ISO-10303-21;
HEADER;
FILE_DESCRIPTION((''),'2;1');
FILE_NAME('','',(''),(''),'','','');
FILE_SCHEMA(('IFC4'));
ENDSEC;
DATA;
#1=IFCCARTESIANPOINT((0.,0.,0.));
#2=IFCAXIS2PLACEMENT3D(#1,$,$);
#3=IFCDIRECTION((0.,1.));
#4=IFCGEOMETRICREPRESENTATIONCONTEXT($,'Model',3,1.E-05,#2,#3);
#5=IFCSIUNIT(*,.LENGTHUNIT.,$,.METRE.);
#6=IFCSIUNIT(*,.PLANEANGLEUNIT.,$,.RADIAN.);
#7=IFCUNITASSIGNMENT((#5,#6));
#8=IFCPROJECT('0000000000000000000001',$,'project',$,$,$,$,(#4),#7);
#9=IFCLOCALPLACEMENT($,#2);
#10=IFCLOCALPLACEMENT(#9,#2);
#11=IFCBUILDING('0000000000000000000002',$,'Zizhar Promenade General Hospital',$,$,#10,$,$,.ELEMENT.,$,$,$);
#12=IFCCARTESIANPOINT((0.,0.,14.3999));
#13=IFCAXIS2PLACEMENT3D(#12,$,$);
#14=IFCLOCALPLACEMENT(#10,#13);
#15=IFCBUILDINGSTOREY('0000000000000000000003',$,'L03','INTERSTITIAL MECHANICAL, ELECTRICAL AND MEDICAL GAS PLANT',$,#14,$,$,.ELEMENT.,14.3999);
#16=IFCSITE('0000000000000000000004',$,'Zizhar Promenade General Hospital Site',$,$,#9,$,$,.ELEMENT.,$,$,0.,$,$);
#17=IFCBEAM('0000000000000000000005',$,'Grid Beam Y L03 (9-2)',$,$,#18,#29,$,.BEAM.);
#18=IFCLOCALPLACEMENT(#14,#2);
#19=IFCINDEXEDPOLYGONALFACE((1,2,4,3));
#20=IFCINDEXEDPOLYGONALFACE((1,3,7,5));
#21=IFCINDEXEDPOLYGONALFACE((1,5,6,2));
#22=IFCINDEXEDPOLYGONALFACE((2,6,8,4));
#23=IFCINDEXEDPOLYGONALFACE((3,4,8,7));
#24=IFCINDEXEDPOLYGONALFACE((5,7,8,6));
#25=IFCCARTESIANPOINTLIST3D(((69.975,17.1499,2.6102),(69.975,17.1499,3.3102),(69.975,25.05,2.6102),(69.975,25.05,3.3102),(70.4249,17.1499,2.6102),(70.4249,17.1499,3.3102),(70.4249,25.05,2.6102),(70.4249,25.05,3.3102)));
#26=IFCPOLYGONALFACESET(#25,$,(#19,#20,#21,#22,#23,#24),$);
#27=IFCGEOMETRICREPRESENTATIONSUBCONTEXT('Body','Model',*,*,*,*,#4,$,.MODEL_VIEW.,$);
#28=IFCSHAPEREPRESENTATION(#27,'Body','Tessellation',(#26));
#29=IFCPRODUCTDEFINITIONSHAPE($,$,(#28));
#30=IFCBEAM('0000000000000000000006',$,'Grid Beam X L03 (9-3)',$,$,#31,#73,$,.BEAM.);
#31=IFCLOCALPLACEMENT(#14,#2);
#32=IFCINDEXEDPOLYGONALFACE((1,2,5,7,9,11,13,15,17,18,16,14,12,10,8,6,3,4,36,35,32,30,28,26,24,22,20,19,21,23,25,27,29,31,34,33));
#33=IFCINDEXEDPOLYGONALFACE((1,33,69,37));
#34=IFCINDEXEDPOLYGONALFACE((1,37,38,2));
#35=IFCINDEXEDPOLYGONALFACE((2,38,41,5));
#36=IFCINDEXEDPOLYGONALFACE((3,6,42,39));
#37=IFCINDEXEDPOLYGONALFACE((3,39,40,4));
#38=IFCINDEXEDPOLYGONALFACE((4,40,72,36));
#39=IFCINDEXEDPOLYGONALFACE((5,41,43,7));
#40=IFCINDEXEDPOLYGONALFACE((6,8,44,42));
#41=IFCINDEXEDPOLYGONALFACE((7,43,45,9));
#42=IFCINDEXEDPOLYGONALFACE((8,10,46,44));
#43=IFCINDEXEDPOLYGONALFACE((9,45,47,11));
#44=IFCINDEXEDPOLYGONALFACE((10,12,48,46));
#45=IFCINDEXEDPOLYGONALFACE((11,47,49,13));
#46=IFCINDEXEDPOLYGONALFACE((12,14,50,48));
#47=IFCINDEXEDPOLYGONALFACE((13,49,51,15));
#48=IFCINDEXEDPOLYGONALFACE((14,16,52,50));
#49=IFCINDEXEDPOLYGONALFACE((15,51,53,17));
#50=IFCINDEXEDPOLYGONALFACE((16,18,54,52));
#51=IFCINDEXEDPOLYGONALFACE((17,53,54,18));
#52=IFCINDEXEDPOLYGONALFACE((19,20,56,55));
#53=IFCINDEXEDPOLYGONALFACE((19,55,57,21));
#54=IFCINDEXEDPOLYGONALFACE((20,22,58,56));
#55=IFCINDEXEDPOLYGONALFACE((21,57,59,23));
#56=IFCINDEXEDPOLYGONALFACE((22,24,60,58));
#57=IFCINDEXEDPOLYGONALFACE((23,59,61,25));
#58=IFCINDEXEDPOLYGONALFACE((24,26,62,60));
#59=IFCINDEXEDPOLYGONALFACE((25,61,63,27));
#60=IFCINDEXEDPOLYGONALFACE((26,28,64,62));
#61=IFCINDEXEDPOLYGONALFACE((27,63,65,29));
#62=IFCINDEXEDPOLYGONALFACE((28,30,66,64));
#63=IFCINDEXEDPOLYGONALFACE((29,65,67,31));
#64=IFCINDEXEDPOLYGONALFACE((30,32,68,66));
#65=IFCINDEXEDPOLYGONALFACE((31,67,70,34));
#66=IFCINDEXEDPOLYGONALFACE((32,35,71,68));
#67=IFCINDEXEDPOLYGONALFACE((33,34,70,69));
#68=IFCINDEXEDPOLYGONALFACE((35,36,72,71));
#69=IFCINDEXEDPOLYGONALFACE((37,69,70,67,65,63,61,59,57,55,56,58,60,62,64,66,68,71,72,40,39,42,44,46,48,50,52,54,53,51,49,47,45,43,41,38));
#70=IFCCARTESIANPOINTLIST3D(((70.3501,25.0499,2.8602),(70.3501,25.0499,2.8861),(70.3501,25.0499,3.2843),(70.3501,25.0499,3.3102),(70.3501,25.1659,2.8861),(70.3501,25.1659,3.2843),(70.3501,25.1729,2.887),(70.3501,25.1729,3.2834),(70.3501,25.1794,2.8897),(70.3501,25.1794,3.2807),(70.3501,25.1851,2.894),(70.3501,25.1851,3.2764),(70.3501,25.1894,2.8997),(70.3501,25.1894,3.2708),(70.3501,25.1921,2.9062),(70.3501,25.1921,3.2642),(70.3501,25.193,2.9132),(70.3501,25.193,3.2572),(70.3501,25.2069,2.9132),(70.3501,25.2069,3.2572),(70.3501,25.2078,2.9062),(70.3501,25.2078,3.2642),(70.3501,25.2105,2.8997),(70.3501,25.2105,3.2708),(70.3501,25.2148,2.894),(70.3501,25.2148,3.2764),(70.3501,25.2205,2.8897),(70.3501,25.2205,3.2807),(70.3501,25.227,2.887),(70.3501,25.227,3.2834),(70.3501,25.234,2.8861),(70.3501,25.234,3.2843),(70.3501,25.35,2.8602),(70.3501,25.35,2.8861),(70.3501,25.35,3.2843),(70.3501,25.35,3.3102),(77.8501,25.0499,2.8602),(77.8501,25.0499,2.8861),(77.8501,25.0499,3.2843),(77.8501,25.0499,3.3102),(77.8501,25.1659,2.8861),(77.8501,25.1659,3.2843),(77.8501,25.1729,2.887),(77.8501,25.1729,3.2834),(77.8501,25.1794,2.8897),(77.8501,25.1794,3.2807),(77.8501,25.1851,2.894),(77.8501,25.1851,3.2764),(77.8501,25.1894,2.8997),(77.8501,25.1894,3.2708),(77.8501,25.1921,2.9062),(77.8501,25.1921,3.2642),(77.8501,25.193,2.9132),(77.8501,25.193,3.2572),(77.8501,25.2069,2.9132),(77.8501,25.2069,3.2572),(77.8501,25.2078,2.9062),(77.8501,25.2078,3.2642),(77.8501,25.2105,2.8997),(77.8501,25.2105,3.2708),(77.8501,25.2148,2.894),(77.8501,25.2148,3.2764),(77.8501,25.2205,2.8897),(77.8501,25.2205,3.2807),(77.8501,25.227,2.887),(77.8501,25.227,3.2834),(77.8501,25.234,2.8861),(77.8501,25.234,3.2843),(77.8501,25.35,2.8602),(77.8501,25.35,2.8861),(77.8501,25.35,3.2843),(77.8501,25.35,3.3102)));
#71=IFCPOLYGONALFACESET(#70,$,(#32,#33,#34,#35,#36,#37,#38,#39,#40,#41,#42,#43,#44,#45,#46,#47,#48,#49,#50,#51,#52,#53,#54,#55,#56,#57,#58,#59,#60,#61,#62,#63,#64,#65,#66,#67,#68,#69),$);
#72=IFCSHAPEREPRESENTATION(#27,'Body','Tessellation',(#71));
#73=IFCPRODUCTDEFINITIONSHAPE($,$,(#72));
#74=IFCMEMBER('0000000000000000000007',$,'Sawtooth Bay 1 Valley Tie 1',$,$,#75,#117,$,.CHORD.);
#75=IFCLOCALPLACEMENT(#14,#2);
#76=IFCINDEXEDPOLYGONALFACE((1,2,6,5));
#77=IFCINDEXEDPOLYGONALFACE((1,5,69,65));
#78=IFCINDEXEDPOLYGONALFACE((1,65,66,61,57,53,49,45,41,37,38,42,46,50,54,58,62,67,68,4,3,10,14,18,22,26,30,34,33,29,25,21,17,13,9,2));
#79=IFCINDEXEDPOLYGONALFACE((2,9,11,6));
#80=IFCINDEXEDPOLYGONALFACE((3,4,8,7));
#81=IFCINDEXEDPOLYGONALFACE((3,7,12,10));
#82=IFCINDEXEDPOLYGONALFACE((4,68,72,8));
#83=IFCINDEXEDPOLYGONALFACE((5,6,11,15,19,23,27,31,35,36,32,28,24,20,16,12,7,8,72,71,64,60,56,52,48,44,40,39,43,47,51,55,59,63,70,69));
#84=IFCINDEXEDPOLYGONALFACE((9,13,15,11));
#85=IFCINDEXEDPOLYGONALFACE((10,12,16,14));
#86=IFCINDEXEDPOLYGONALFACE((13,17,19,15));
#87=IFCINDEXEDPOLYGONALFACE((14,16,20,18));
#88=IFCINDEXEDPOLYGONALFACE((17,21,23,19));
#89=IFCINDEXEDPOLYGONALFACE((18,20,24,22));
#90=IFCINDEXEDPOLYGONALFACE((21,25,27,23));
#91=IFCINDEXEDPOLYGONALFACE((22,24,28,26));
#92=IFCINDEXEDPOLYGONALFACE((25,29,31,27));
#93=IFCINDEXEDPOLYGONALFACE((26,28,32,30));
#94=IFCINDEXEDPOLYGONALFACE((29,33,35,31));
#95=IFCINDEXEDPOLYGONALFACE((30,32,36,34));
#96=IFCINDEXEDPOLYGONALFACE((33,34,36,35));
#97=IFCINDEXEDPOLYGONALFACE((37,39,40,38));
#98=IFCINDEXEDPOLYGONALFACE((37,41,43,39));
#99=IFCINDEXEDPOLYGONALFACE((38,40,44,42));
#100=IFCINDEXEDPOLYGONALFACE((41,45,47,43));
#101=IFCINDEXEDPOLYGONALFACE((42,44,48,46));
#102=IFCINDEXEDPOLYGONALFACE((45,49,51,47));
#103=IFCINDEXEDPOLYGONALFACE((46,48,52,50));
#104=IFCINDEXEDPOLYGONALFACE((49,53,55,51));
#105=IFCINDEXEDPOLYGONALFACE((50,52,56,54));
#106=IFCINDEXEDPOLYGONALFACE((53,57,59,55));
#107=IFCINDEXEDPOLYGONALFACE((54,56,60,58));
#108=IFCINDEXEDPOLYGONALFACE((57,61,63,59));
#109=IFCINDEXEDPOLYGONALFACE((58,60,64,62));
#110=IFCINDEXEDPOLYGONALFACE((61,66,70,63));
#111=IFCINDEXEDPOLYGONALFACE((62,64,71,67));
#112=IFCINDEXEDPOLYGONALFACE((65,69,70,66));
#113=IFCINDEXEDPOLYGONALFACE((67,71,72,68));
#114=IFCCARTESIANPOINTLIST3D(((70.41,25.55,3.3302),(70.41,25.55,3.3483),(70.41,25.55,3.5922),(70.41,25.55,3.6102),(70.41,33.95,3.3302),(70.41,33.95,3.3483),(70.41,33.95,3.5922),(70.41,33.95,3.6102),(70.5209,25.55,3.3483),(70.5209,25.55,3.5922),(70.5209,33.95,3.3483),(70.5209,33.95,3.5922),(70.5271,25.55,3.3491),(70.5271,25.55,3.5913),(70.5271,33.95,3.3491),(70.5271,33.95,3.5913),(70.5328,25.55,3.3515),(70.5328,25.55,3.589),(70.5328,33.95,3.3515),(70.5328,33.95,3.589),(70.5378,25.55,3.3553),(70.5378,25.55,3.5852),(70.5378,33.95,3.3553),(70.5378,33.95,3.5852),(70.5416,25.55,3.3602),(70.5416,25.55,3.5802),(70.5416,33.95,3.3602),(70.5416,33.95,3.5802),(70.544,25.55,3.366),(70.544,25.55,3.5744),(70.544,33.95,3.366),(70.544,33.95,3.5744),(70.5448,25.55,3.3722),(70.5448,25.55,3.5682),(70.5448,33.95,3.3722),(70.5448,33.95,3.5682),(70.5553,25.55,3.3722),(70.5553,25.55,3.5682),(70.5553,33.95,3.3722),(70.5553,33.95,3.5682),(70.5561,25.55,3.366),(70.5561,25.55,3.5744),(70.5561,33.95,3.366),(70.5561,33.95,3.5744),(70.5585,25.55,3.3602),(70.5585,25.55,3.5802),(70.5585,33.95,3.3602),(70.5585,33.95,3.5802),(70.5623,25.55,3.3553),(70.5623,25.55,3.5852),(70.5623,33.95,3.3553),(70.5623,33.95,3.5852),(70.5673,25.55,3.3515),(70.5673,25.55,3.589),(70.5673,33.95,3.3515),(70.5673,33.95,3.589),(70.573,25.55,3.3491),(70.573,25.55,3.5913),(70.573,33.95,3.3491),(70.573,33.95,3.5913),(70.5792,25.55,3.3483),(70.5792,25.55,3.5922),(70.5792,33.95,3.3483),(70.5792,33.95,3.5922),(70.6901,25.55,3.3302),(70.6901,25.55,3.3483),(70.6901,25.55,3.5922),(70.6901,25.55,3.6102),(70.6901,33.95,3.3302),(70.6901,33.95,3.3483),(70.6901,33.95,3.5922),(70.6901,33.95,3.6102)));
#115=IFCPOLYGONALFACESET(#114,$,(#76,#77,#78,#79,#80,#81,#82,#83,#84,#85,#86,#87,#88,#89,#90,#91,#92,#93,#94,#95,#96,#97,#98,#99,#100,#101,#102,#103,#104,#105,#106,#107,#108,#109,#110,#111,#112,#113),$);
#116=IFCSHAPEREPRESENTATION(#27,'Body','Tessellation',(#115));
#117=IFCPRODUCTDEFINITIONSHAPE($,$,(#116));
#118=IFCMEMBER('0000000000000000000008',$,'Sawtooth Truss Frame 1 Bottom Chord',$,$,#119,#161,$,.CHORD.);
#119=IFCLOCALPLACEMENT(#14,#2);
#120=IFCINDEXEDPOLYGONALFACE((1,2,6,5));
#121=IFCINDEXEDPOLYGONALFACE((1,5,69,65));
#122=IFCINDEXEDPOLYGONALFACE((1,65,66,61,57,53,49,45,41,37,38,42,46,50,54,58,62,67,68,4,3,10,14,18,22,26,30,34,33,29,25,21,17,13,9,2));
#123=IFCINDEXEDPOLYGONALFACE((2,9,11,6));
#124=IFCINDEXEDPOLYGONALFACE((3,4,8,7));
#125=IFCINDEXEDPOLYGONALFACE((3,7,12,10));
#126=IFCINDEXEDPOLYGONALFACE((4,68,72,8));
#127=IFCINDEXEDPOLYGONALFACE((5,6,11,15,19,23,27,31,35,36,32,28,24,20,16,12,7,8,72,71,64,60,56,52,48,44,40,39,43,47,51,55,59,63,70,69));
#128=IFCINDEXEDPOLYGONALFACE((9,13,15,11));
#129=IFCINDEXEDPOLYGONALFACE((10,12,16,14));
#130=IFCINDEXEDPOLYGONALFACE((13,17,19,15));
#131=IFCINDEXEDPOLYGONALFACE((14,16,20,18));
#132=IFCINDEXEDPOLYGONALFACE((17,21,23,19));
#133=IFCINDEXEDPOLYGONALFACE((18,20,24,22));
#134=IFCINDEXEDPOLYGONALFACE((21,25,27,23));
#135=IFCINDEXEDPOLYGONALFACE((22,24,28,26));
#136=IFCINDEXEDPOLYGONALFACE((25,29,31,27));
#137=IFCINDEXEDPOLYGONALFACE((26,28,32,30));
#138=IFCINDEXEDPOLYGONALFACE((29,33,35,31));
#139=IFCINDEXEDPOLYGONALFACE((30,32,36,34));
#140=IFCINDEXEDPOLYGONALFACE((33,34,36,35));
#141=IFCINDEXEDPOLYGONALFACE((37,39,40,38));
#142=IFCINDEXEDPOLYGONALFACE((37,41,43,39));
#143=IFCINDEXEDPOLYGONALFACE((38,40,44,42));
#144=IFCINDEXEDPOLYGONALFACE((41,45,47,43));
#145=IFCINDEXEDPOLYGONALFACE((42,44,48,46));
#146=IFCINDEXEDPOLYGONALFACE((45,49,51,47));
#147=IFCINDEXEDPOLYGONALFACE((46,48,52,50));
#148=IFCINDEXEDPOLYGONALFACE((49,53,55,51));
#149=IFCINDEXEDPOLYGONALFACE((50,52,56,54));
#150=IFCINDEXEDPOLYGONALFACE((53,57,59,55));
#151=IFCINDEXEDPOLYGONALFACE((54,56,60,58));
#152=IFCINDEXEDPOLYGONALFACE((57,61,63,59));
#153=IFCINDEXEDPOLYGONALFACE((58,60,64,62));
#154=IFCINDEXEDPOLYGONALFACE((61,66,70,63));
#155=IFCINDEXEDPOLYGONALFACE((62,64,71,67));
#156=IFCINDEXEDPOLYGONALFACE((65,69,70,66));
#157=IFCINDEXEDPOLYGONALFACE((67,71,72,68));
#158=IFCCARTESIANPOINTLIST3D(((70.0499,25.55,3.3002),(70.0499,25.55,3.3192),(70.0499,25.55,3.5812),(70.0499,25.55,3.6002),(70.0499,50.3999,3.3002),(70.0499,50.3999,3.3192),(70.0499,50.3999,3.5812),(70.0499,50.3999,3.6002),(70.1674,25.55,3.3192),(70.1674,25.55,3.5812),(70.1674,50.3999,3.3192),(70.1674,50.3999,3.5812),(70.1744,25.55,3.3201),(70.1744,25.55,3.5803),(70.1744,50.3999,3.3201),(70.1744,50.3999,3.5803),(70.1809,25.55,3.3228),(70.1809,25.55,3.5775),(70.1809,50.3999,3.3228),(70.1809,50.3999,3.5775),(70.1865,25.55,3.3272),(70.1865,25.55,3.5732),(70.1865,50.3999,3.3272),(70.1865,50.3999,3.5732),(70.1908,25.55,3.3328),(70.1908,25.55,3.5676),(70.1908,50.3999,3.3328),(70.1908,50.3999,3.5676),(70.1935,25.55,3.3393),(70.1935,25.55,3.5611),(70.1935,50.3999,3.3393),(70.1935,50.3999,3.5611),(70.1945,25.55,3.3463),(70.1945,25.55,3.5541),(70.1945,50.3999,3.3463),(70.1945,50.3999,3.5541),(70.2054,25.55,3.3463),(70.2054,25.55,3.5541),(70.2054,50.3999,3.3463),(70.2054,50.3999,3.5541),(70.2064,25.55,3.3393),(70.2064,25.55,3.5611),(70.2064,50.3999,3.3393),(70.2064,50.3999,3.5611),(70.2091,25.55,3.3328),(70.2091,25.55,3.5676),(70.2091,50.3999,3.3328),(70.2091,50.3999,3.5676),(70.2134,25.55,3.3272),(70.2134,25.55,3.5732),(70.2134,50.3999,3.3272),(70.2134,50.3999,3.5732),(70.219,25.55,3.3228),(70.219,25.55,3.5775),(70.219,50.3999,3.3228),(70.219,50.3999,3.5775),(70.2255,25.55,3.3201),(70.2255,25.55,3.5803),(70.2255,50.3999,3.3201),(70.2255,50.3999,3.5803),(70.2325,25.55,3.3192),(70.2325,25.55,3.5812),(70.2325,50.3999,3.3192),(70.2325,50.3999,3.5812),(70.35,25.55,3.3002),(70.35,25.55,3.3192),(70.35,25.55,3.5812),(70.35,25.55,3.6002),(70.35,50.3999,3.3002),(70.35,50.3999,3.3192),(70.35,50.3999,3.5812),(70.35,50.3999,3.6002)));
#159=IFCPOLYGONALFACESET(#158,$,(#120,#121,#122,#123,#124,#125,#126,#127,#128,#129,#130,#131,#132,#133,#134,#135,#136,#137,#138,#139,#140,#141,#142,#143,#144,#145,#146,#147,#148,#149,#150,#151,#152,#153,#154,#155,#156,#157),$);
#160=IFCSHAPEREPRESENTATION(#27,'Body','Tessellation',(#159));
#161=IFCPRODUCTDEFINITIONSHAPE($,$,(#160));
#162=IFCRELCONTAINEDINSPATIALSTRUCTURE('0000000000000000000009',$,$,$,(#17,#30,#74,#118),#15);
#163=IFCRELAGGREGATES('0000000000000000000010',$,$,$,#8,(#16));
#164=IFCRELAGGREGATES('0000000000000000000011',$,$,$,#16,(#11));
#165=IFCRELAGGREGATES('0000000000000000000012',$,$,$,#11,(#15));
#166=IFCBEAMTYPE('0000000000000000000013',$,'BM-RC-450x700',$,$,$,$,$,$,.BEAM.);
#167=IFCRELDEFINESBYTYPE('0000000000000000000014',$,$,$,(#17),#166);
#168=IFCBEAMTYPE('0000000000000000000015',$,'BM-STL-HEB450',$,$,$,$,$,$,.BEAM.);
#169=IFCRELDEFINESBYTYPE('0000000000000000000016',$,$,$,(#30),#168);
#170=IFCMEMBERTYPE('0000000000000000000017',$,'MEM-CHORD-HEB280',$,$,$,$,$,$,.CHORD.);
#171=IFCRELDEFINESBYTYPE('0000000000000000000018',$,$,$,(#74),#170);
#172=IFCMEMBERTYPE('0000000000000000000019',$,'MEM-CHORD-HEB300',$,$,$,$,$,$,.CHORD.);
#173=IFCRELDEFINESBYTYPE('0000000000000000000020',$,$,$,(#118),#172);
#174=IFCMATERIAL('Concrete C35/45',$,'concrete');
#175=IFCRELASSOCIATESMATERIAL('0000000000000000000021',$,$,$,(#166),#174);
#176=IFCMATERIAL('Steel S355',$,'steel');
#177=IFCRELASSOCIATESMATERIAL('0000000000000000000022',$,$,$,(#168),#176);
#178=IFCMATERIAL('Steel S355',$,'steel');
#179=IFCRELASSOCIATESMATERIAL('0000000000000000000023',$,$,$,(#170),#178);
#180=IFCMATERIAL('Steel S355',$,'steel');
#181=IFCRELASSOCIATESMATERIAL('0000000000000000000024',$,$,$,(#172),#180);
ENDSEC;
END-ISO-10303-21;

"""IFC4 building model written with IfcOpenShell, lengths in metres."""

from ifc_helpers import new_model, si_unit, direction, frame, origin, origin_2d, place, context, subcontext, project, spatial, rectangle, i_section, extrude, material, material_profile, profile_set, type_object, element, save


model = new_model("IFC4")

# Units and contexts
model_context = context("Model", 3, precision=1e-05, world=origin(), true_north=direction((0.0, 1.0)))
body_context = subcontext(model_context, "Body", "Model", "MODEL_VIEW")
ifc_project = project(units=[si_unit("LENGTHUNIT", "METRE"), si_unit("PLANEANGLEUNIT", "RADIAN")], contexts=[model_context])

# Site, building, storey
site_placement = place(None, origin())
site = spatial("IfcSite", under=ifc_project, at=site_placement, Name="Zizhar Promenade General Hospital Site", CompositionType="ELEMENT", RefElevation=0.0)
building_placement = place(site_placement, origin())
building = spatial("IfcBuilding", under=site, at=building_placement, Name="Zizhar Promenade General Hospital", CompositionType="ELEMENT")
storey_placement = place(building_placement, frame((0.0, 0.0, 14.3999)))
storey = spatial("IfcBuildingStorey", under=building, at=storey_placement, Name="L03", Description="INTERSTITIAL MECHANICAL, ELECTRICAL AND MEDICAL GAS PLANT", CompositionType="ELEMENT", Elevation=14.3999)

# Beams
ifc_material_1 = material(Name="Concrete C35/45", Category="concrete")
ifc_material_profile_1 = material_profile(ifc_material_1, rectangle(XDim=0.45, YDim=0.7, at=origin_2d()))
ifc_profile_set_1 = profile_set([ifc_material_profile_1], Name="Concrete C35/45")
beam_type_1 = type_object("IfcBeamType", Name="BM-RC-450x700", PredefinedType="BEAM", material=ifc_profile_set_1)
beam_1_placement = place(storey_placement, frame((70.2, 17.1499, 2.9602), z_axis=(0.0, 1.0, 0.0), x_axis=(-1.0, 0.0, 0.0)))
element("IfcBeam", 1, at=beam_1_placement, inside=storey, type_object=beam_type_1, Name="Grid Beam Y L03 (9-2)", PredefinedType="BEAM", context=body_context, shape_type="SweptSolid", body=[
    extrude(rectangle(XDim=0.45, YDim=0.7, at=origin_2d()), origin(), (0.0, 0.0, 1.0), 7.9001),
])
ifc_material_2 = material(Name="Steel S355", Category="steel")
ifc_material_profile_2 = material_profile(ifc_material_2, i_section(OverallWidth=0.3, OverallDepth=0.45, WebThickness=0.0139, FlangeThickness=0.0259, FilletRadius=0.0271, at=origin_2d()))
ifc_profile_set_2 = profile_set([ifc_material_profile_2], Name="Steel S355")
beam_type_2 = type_object("IfcBeamType", Name="BM-STL-HEB450", PredefinedType="BEAM", material=ifc_profile_set_2)
beam_2_placement = place(storey_placement, frame((70.3501, 25.2, 3.0852), z_axis=(1.0, 0.0, 0.0), x_axis=(0.0, 1.0, 0.0)))
element("IfcBeam", 2, at=beam_2_placement, inside=storey, type_object=beam_type_2, Name="Grid Beam X L03 (9-3)", PredefinedType="BEAM", context=body_context, shape_type="SweptSolid", body=[
    extrude(i_section(OverallWidth=0.3, OverallDepth=0.45, WebThickness=0.0139, FlangeThickness=0.0259, FilletRadius=0.0271, at=origin_2d()), origin(), (0.0, 0.0, 1.0), 7.5),
])

# Members
ifc_material_3 = material(Name="Steel S355", Category="steel")
ifc_material_profile_3 = material_profile(ifc_material_3, i_section(OverallWidth=0.28, OverallDepth=0.28, WebThickness=0.0105, FlangeThickness=0.0181, FilletRadius=0.0239, at=origin_2d()))
ifc_profile_set_3 = profile_set([ifc_material_profile_3], Name="Steel S355")
member_type_1 = type_object("IfcMemberType", Name="MEM-CHORD-HEB280", PredefinedType="CHORD", material=ifc_profile_set_3)
member_1_placement = place(storey_placement, frame((70.55, 25.55, 3.4702), z_axis=(0.0, 1.0, 0.0), x_axis=(-1.0, 0.0, 0.0)))
element("IfcMember", 3, at=member_1_placement, inside=storey, type_object=member_type_1, Name="Sawtooth Bay 1 Valley Tie 1", PredefinedType="CHORD", context=body_context, shape_type="SweptSolid", body=[
    extrude(i_section(OverallWidth=0.28, OverallDepth=0.28, WebThickness=0.0105, FlangeThickness=0.0181, FilletRadius=0.0239, at=origin_2d()), origin(), (0.0, 0.0, 1.0), 8.3999),
])
ifc_material_4 = material(Name="Steel S355", Category="steel")
ifc_material_profile_4 = material_profile(ifc_material_4, i_section(OverallWidth=0.3, OverallDepth=0.3, WebThickness=0.011, FlangeThickness=0.019, FilletRadius=0.0271, at=origin_2d()))
ifc_profile_set_4 = profile_set([ifc_material_profile_4], Name="Steel S355")
member_type_2 = type_object("IfcMemberType", Name="MEM-CHORD-HEB300", PredefinedType="CHORD", material=ifc_profile_set_4)
member_2_placement = place(storey_placement, frame((70.2, 25.55, 3.4502), z_axis=(0.0, 1.0, 0.0), x_axis=(-1.0, 0.0, 0.0)))
element("IfcMember", 4, at=member_2_placement, inside=storey, type_object=member_type_2, Name="Sawtooth Truss Frame 1 Bottom Chord", PredefinedType="CHORD", context=body_context, shape_type="SweptSolid", body=[
    extrude(i_section(OverallWidth=0.3, OverallDepth=0.3, WebThickness=0.011, FlangeThickness=0.019, FilletRadius=0.0271, at=origin_2d()), origin(), (0.0, 0.0, 1.0), 24.8499),
])

save(model, "model.ifc")
